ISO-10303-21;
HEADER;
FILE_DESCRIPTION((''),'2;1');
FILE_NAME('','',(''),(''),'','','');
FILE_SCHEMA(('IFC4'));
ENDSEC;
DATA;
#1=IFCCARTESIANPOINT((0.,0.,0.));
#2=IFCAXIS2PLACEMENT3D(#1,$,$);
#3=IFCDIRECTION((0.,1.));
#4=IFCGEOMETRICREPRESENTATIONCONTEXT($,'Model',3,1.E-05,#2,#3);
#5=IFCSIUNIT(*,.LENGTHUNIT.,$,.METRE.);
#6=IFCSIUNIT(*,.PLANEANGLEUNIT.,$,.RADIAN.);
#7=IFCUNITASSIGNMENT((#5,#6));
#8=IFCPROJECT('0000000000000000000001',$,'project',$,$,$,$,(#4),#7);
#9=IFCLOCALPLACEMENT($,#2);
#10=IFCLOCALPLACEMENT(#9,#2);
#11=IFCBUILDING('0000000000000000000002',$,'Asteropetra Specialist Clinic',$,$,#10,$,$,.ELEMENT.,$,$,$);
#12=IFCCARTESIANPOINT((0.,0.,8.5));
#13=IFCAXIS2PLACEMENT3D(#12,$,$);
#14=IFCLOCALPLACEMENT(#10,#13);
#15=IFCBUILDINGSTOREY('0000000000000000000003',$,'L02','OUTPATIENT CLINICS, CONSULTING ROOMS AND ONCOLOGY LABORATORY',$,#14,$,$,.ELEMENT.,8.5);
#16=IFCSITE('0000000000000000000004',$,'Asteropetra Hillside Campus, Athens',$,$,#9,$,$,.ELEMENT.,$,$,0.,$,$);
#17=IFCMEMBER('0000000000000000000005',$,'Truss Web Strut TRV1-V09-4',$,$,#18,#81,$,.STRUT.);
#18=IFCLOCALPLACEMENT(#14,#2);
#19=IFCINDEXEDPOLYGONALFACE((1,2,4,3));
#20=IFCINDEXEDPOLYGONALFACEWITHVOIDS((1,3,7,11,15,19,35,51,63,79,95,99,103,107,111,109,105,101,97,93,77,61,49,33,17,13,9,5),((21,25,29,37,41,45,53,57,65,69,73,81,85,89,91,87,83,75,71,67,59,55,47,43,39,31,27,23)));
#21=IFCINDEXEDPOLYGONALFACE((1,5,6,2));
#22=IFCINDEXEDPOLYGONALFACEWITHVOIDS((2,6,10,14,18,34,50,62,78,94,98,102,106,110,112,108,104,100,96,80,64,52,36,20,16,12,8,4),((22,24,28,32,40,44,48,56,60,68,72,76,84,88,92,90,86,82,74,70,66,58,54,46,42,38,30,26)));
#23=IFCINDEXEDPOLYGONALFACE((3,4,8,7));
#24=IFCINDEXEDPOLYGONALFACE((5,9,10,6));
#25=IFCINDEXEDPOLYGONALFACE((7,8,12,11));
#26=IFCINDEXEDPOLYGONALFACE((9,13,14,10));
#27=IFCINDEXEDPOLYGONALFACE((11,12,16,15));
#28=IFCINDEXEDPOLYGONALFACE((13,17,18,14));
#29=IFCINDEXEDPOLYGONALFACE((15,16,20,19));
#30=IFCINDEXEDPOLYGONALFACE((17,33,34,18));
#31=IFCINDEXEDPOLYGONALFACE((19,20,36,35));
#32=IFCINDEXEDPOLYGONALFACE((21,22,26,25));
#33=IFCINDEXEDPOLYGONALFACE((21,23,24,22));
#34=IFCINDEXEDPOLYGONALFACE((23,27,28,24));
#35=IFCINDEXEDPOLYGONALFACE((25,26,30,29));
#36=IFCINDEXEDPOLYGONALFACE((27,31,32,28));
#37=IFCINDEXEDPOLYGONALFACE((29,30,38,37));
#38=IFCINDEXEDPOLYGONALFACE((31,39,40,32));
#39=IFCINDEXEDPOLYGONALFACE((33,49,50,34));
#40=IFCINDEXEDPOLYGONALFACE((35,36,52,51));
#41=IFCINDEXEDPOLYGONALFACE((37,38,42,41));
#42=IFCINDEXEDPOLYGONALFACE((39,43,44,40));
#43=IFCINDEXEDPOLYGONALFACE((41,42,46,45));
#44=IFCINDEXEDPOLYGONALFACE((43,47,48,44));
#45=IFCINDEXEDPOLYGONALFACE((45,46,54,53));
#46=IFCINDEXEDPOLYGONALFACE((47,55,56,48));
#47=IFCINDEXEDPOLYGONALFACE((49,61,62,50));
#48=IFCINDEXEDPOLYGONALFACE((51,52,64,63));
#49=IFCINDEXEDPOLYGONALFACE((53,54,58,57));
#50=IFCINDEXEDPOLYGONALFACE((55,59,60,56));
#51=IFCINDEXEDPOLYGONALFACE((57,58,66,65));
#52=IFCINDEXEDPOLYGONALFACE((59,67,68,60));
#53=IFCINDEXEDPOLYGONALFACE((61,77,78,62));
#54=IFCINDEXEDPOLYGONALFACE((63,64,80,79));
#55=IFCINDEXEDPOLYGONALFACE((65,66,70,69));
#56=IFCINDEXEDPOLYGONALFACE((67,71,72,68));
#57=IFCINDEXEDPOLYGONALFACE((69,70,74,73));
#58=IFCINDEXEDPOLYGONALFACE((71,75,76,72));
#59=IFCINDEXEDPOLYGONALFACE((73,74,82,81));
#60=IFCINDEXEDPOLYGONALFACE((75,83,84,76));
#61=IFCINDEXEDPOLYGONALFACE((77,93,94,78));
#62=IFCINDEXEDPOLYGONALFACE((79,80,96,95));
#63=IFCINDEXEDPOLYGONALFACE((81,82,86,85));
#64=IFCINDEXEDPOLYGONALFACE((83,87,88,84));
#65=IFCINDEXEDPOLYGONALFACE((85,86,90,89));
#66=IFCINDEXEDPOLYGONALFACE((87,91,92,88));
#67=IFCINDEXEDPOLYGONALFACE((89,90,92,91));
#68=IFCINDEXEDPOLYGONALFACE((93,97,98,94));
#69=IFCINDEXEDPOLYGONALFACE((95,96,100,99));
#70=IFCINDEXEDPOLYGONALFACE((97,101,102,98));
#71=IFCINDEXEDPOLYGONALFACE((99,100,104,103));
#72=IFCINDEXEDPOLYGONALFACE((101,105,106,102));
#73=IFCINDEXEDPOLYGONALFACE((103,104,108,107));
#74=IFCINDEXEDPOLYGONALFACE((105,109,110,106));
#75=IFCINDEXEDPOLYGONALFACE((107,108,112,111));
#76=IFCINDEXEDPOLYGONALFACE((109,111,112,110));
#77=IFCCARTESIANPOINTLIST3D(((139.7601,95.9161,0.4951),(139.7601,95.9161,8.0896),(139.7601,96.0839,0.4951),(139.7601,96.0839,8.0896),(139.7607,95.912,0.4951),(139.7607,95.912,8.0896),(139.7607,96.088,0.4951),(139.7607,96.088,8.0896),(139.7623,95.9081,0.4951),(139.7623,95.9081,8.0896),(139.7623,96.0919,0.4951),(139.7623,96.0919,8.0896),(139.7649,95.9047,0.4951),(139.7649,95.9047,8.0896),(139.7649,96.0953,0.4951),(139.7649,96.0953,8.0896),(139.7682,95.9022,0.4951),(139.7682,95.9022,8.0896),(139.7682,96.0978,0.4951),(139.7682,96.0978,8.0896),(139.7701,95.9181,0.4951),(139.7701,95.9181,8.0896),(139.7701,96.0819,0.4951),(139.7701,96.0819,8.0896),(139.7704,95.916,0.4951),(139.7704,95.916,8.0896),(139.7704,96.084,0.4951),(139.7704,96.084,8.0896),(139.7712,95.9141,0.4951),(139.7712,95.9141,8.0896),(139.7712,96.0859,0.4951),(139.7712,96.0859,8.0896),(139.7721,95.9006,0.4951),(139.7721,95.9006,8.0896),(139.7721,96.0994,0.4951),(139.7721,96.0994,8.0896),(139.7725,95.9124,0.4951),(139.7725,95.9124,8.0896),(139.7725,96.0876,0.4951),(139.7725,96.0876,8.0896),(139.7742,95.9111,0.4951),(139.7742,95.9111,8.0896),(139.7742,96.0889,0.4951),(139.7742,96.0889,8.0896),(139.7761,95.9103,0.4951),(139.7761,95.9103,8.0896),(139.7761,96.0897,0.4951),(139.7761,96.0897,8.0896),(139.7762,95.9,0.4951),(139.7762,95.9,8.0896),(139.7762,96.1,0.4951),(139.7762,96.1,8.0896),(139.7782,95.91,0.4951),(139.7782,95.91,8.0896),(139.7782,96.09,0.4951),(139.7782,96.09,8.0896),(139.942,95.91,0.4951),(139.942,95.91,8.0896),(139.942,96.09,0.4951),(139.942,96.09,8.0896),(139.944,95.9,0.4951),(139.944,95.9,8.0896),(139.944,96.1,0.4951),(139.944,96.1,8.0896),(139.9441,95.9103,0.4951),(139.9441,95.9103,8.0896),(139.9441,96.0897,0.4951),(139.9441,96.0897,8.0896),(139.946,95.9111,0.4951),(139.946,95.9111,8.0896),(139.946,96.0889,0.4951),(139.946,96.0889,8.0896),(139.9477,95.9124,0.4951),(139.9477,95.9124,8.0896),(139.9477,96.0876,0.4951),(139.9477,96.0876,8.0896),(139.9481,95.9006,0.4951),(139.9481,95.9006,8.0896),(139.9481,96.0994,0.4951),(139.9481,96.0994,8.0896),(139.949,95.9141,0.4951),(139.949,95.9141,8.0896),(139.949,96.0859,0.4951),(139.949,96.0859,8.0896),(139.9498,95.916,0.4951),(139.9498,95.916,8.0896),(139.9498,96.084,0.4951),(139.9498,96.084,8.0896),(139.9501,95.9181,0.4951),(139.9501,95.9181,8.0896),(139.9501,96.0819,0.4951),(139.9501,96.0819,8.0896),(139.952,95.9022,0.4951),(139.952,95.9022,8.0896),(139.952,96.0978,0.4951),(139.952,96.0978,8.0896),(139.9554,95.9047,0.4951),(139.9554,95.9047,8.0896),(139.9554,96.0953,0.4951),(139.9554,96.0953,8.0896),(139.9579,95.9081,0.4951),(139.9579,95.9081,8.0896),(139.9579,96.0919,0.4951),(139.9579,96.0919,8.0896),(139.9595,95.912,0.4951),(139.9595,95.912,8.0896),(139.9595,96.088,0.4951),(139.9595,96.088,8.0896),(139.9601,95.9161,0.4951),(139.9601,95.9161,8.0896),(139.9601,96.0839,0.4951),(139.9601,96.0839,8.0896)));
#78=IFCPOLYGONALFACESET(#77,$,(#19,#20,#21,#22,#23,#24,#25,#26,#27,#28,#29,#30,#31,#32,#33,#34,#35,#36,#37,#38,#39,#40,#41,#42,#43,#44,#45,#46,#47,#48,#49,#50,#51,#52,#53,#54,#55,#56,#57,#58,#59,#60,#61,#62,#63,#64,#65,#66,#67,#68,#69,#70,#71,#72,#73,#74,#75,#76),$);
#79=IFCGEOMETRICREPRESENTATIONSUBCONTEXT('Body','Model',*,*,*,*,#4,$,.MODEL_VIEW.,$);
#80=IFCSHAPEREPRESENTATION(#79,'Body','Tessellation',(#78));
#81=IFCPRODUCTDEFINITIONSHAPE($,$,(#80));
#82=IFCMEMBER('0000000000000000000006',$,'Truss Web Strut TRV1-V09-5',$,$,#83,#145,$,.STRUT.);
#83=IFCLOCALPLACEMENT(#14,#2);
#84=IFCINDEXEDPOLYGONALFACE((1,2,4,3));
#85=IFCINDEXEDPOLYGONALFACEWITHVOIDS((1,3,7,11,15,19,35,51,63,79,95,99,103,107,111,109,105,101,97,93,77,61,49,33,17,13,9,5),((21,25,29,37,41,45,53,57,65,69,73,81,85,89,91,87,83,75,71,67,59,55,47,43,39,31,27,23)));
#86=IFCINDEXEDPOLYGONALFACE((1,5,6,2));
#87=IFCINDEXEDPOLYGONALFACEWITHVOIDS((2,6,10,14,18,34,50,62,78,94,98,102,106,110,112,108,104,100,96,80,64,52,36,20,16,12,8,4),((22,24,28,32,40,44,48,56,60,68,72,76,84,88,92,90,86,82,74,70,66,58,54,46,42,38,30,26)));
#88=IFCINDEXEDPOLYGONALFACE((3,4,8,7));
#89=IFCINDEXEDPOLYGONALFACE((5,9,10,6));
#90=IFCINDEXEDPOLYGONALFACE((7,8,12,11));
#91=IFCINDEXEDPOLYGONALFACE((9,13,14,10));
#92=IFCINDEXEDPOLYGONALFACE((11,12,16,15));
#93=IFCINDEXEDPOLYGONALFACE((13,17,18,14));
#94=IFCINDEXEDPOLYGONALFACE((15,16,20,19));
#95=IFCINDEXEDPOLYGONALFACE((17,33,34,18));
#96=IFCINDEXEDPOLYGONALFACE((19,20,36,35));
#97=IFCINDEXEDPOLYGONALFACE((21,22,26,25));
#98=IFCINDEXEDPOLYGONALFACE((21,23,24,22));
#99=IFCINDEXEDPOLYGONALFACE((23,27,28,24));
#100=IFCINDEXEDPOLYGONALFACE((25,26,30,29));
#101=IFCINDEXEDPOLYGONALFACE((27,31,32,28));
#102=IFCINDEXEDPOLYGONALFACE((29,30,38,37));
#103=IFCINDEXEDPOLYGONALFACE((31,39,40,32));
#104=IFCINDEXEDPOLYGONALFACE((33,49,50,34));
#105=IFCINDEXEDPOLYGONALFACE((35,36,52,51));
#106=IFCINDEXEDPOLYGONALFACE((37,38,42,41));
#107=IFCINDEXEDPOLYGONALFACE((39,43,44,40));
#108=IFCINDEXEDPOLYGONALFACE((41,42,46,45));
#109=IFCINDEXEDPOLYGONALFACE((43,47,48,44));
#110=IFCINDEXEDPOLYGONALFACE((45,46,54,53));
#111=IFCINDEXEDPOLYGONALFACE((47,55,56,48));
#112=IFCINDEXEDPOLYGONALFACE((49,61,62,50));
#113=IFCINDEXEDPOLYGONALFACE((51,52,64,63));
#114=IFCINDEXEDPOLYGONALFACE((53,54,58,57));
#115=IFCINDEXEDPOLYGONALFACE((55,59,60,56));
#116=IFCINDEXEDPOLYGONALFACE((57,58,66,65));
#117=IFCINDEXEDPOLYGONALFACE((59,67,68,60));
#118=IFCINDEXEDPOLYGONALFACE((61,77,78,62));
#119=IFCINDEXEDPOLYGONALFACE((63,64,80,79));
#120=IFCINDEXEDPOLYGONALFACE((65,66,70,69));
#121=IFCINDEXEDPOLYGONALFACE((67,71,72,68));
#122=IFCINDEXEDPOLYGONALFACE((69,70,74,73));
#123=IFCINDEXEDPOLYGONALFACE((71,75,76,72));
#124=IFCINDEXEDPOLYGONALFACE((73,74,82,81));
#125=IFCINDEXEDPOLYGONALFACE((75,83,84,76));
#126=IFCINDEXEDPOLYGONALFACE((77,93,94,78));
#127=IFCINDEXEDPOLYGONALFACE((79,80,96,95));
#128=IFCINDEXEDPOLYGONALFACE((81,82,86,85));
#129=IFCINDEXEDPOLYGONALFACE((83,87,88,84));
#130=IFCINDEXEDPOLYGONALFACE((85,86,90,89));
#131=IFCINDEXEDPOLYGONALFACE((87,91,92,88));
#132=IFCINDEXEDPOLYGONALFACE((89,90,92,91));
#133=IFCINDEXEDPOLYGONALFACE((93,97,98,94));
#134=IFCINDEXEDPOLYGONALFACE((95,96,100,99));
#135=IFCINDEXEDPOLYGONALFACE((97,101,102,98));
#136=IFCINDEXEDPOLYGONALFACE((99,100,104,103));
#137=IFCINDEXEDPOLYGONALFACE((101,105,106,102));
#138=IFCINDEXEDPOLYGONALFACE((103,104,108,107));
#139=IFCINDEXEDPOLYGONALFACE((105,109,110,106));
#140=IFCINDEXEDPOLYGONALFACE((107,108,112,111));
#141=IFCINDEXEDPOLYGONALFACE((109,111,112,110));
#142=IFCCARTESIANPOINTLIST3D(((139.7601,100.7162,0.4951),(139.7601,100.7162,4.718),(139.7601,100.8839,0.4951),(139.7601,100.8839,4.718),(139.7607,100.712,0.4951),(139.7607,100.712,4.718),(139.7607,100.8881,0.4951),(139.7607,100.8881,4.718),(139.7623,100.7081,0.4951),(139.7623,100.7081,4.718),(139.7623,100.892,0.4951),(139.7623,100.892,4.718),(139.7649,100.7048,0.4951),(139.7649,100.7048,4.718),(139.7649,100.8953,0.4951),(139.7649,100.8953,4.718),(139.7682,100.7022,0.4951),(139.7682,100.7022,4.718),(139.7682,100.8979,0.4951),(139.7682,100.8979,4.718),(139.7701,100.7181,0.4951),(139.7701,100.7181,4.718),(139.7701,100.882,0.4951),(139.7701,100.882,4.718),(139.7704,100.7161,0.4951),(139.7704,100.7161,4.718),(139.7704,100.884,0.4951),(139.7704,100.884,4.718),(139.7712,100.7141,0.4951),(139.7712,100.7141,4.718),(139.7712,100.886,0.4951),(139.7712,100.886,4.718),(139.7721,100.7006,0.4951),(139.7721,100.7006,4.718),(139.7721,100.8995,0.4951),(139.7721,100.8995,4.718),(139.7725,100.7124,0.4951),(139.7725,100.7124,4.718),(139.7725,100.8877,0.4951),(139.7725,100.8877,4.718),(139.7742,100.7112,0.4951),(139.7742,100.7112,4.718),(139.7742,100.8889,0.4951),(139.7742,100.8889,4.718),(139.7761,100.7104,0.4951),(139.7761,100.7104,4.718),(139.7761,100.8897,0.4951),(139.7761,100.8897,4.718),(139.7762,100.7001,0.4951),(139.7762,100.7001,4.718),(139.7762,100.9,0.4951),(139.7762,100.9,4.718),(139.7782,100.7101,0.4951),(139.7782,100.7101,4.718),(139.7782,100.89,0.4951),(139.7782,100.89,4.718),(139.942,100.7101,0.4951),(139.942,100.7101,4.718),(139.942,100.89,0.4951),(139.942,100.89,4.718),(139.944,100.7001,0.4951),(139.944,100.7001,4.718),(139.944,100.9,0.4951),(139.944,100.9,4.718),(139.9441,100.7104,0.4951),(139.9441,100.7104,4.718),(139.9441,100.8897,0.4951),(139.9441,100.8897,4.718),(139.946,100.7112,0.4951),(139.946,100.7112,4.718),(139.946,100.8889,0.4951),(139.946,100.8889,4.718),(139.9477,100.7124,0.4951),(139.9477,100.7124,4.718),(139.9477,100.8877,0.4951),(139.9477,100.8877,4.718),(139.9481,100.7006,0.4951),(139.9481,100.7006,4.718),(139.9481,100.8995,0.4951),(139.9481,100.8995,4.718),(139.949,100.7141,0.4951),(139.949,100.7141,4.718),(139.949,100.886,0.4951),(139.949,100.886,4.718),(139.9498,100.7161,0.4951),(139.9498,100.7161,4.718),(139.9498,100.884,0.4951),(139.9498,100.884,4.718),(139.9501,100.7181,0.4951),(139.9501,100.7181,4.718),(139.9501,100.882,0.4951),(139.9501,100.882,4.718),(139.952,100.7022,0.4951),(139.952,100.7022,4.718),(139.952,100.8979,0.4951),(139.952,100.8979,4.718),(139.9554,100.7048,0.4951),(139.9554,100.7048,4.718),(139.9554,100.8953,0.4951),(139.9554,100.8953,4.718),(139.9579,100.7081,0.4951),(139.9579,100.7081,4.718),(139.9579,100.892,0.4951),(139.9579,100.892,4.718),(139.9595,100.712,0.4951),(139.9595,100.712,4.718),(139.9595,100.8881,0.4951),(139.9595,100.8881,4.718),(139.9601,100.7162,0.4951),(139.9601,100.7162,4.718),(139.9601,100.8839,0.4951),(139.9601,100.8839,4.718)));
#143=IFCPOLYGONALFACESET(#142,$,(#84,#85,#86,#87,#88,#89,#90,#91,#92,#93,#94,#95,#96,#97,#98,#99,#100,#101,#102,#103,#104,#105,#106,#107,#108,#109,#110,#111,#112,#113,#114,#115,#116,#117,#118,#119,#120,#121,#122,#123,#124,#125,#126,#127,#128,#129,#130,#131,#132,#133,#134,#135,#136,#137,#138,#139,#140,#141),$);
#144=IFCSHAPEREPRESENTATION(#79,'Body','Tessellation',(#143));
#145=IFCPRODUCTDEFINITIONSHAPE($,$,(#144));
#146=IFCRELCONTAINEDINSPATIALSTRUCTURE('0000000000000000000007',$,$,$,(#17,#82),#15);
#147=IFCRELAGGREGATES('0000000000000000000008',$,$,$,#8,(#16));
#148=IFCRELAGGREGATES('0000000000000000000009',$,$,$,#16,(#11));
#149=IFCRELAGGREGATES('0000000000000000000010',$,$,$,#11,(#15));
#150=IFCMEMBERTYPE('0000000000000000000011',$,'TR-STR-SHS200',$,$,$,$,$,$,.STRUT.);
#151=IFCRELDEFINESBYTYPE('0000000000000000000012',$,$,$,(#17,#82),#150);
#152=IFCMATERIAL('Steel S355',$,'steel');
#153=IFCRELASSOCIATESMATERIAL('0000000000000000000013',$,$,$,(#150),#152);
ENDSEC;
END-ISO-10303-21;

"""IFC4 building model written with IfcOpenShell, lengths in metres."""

from ifc_helpers import new_model, si_unit, direction, frame, origin, origin_2d, place, context, subcontext, project, spatial, hollow_rectangle, extrude, material, material_profile, profile_set, type_object, element, save


model = new_model("IFC4")

# Units and contexts
model_context = context("Model", 3, precision=1e-05, world=origin(), true_north=direction((0.0, 1.0)))
body_context = subcontext(model_context, "Body", "Model", "MODEL_VIEW")
ifc_project = project(units=[si_unit("LENGTHUNIT", "METRE"), si_unit("PLANEANGLEUNIT", "RADIAN")], contexts=[model_context])

# Site, building, storey
site_placement = place(None, origin())
site = spatial("IfcSite", under=ifc_project, at=site_placement, Name="Asteropetra Hillside Campus, Athens", CompositionType="ELEMENT", RefElevation=0.0)
building_placement = place(site_placement, origin())
building = spatial("IfcBuilding", under=site, at=building_placement, Name="Asteropetra Specialist Clinic", CompositionType="ELEMENT")
storey_placement = place(building_placement, frame((0.0, 0.0, 8.5)))
storey = spatial("IfcBuildingStorey", under=building, at=storey_placement, Name="L02", Description="OUTPATIENT CLINICS, CONSULTING ROOMS AND ONCOLOGY LABORATORY", CompositionType="ELEMENT", Elevation=8.5)

# Members
ifc_material_1 = material(Name="Steel S355", Category="steel")
ifc_material_profile_1 = material_profile(ifc_material_1, hollow_rectangle(XDim=0.2, YDim=0.2, WallThickness=0.01, InnerFilletRadius=0.0081, OuterFilletRadius=0.0161, at=origin_2d()), Name="SHS 200x200x10.0")
ifc_profile_set_1 = profile_set([ifc_material_profile_1], Name="Steel S355")
member_type_1 = type_object("IfcMemberType", Name="TR-STR-SHS200", PredefinedType="STRUT", material=ifc_profile_set_1)
member_1_placement = place(storey_placement, frame((139.8601, 96.0, 0.4951), z_axis=(0.0, 0.0, 1.0), x_axis=(1.0, 0.0, 0.0)))
element("IfcMember", 1, at=member_1_placement, inside=storey, type_object=member_type_1, Name="Truss Web Strut TRV1-V09-4", PredefinedType="STRUT", context=body_context, shape_type="SweptSolid", body=[
    extrude(hollow_rectangle(XDim=0.2, YDim=0.2, WallThickness=0.01, InnerFilletRadius=0.0081, OuterFilletRadius=0.0161, at=origin_2d()), origin(), (0.0, 0.0, 1.0), 7.5945),
])
member_2_placement = place(storey_placement, frame((139.8601, 100.8, 0.4951), z_axis=(0.0, 0.0, 1.0), x_axis=(1.0, 0.0, 0.0)))
element("IfcMember", 2, at=member_2_placement, inside=storey, type_object=member_type_1, Name="Truss Web Strut TRV1-V09-5", PredefinedType="STRUT", context=body_context, shape_type="SweptSolid", body=[
    extrude(hollow_rectangle(XDim=0.2, YDim=0.2, WallThickness=0.01, InnerFilletRadius=0.0081, OuterFilletRadius=0.0161, at=origin_2d()), origin(), (0.0, 0.0, 1.0), 4.2229),
])

save(model, "model.ifc")
